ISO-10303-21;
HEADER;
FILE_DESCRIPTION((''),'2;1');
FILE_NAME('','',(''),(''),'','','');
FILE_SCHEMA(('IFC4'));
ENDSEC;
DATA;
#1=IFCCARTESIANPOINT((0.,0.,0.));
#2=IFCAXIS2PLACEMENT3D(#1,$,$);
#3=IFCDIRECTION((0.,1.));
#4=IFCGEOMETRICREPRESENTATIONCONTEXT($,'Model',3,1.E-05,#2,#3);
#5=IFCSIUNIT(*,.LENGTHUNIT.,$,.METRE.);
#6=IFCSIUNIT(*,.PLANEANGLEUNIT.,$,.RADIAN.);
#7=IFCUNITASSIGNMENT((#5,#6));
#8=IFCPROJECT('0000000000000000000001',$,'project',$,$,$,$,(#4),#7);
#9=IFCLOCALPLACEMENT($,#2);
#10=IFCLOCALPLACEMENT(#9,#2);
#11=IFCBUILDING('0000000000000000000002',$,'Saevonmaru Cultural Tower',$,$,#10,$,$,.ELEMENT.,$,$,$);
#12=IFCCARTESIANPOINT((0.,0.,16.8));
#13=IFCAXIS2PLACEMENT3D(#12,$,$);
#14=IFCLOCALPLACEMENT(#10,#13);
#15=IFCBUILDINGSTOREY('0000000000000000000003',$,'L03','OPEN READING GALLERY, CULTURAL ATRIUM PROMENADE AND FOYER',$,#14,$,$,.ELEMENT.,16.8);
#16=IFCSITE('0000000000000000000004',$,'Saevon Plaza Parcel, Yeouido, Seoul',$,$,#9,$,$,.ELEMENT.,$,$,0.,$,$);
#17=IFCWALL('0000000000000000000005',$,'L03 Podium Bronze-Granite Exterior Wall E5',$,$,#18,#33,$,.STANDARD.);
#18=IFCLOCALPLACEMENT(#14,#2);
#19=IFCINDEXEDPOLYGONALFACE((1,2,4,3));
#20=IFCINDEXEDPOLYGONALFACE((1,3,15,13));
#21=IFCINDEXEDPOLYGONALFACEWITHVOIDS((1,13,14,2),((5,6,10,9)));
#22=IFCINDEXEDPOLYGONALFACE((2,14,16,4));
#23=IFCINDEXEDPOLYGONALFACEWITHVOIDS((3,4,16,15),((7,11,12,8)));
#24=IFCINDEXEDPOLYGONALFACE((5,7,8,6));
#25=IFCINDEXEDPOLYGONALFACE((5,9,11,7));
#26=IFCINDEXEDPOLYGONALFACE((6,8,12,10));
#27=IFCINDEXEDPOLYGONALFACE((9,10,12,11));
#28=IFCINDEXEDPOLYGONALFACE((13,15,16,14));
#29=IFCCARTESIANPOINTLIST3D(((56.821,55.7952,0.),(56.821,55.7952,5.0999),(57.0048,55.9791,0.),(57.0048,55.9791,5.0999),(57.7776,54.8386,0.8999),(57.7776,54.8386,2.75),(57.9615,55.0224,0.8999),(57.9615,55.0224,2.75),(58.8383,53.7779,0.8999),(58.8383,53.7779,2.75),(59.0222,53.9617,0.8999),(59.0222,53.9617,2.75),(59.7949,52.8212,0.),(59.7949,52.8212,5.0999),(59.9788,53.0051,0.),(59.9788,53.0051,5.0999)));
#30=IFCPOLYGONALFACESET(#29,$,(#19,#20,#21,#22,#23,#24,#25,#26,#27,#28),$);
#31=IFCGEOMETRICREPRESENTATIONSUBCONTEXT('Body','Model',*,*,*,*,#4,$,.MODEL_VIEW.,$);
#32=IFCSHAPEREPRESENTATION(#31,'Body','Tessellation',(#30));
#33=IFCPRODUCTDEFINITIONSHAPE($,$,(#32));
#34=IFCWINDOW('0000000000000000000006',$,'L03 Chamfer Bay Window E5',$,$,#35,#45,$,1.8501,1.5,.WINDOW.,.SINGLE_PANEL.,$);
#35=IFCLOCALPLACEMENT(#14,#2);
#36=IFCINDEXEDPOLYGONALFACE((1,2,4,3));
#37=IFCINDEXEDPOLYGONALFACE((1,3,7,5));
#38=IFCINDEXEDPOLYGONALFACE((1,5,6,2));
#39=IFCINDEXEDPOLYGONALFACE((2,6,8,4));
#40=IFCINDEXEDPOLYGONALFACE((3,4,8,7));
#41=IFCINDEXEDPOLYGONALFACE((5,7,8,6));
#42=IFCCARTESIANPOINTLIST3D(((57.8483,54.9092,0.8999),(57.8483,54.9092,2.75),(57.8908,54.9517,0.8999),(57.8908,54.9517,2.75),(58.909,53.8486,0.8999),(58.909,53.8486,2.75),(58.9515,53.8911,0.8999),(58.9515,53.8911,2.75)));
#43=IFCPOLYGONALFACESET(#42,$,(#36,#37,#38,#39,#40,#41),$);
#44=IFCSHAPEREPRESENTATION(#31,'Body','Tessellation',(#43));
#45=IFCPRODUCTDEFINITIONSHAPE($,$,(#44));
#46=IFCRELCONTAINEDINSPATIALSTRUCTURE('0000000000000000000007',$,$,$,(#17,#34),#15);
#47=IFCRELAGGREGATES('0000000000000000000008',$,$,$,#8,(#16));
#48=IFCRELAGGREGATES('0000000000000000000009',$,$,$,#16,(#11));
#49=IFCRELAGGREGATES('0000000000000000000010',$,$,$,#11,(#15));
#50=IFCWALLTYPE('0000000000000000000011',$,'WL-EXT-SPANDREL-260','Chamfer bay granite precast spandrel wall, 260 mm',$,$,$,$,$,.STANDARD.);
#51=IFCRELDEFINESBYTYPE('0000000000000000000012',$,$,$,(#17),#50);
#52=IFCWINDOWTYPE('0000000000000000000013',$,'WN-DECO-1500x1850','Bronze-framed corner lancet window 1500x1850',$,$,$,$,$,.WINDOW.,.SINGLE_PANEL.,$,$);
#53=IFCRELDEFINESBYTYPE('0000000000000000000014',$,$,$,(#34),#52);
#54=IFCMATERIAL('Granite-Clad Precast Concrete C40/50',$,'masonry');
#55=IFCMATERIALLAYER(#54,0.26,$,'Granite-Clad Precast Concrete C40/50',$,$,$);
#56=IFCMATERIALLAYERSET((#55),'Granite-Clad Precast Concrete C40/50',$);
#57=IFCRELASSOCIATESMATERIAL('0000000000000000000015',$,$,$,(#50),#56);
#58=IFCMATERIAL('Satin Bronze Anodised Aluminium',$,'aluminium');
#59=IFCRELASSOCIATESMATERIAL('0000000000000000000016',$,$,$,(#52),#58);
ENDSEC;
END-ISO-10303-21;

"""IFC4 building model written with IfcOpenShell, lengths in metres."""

from ifc_helpers import new_model, si_unit, direction, frame, frame_2d, origin, place, context, subcontext, project, spatial, rectangle, extrude, material, layer, layer_set, type_object, element, fill, save


model = new_model("IFC4")

# Units and contexts
model_context = context("Model", 3, precision=1e-05, world=origin(), true_north=direction((0.0, 1.0)))
body_context = subcontext(model_context, "Body", "Model", "MODEL_VIEW")
ifc_project = project(units=[si_unit("LENGTHUNIT", "METRE"), si_unit("PLANEANGLEUNIT", "RADIAN")], contexts=[model_context])

# Site, building, storey
site_placement = place(None, origin())
site = spatial("IfcSite", under=ifc_project, at=site_placement, Name="Saevon Plaza Parcel, Yeouido, Seoul", CompositionType="ELEMENT", RefElevation=0.0)
building_placement = place(site_placement, origin())
building = spatial("IfcBuilding", under=site, at=building_placement, Name="Saevonmaru Cultural Tower", CompositionType="ELEMENT")
storey_placement = place(building_placement, frame((0.0, 0.0, 16.8)))
storey = spatial("IfcBuildingStorey", under=building, at=storey_placement, Name="L03", Description="OPEN READING GALLERY, CULTURAL ATRIUM PROMENADE AND FOYER", CompositionType="ELEMENT", Elevation=16.8)

# Shared definitions
ifc_material_1 = material(Name="Satin Bronze Anodised Aluminium", Category="aluminium")

# Wall, opening, window
ifc_material_2 = material(Name="Granite-Clad Precast Concrete C40/50", Category="masonry")
ifc_layer_1 = layer(ifc_material_2, 0.26, Name="Granite-Clad Precast Concrete C40/50")
ifc_layer_set_1 = layer_set([ifc_layer_1], Name="Granite-Clad Precast Concrete C40/50")
wall_type_1 = type_object("IfcWallType", Name="WL-EXT-SPANDREL-260", Description="Chamfer bay granite precast spandrel wall, 260 mm", PredefinedType="STANDARD", material=ifc_layer_set_1)
wall_1_placement = place(storey_placement, frame((59.887, 52.9131, 0.0), z_axis=(0.0, 0.0, 1.0), x_axis=(-0.707107, 0.707107, 0.0)))
wall_1 = element("IfcWall", 1, at=wall_1_placement, inside=storey, type_object=wall_type_1, Name="L03 Podium Bronze-Granite Exterior Wall E5", PredefinedType="STANDARD", context=body_context, shape_type="SweptSolid", body=[
    extrude(rectangle(XDim=4.2058, YDim=0.26, at=frame_2d((2.103, 0.0))), origin(), (0.0, 0.0, 1.0), 5.0999),
])
opening_1_placement = place(wall_1_placement, frame((1.353, 0.0, 0.8999)))
opening_1 = element("IfcOpeningElement", 2, at=opening_1_placement, cuts=wall_1, PredefinedType="OPENING", context=body_context, shape_type="SweptSolid", body=[
    extrude(rectangle(XDim=1.5, YDim=1.8501, at=frame_2d((0.75, 0.925))), frame((0.0, 0.1401, 0.0), z_axis=(0.0, -1.0, 0.0), x_axis=(1.0, 0.0, 0.0)), (0.0, 0.0, 1.0), 0.28),
])
window_type_1 = type_object("IfcWindowType", Name="WN-DECO-1500x1850", Description="Bronze-framed corner lancet window 1500x1850", PartitioningType="SINGLE_PANEL", PredefinedType="WINDOW", material=ifc_material_1)
window_1_placement = place(opening_1_placement, origin())
window_1 = element("IfcWindow", 3, at=window_1_placement, inside=storey, type_object=window_type_1, Name="L03 Chamfer Bay Window E5", OverallHeight=1.8501, OverallWidth=1.5, PartitioningType="SINGLE_PANEL", PredefinedType="WINDOW", context=body_context, shape_type="SweptSolid", body=[
    extrude(rectangle(XDim=1.5, YDim=1.8501, at=frame_2d((0.75, 0.925))), frame((0.0, 0.03, 0.0), z_axis=(0.0, -1.0, 0.0), x_axis=(1.0, 0.0, 0.0)), (0.0, 0.0, 1.0), 0.0601),
])
fill(opening_1, window_1)

save(model, "model.ifc")
